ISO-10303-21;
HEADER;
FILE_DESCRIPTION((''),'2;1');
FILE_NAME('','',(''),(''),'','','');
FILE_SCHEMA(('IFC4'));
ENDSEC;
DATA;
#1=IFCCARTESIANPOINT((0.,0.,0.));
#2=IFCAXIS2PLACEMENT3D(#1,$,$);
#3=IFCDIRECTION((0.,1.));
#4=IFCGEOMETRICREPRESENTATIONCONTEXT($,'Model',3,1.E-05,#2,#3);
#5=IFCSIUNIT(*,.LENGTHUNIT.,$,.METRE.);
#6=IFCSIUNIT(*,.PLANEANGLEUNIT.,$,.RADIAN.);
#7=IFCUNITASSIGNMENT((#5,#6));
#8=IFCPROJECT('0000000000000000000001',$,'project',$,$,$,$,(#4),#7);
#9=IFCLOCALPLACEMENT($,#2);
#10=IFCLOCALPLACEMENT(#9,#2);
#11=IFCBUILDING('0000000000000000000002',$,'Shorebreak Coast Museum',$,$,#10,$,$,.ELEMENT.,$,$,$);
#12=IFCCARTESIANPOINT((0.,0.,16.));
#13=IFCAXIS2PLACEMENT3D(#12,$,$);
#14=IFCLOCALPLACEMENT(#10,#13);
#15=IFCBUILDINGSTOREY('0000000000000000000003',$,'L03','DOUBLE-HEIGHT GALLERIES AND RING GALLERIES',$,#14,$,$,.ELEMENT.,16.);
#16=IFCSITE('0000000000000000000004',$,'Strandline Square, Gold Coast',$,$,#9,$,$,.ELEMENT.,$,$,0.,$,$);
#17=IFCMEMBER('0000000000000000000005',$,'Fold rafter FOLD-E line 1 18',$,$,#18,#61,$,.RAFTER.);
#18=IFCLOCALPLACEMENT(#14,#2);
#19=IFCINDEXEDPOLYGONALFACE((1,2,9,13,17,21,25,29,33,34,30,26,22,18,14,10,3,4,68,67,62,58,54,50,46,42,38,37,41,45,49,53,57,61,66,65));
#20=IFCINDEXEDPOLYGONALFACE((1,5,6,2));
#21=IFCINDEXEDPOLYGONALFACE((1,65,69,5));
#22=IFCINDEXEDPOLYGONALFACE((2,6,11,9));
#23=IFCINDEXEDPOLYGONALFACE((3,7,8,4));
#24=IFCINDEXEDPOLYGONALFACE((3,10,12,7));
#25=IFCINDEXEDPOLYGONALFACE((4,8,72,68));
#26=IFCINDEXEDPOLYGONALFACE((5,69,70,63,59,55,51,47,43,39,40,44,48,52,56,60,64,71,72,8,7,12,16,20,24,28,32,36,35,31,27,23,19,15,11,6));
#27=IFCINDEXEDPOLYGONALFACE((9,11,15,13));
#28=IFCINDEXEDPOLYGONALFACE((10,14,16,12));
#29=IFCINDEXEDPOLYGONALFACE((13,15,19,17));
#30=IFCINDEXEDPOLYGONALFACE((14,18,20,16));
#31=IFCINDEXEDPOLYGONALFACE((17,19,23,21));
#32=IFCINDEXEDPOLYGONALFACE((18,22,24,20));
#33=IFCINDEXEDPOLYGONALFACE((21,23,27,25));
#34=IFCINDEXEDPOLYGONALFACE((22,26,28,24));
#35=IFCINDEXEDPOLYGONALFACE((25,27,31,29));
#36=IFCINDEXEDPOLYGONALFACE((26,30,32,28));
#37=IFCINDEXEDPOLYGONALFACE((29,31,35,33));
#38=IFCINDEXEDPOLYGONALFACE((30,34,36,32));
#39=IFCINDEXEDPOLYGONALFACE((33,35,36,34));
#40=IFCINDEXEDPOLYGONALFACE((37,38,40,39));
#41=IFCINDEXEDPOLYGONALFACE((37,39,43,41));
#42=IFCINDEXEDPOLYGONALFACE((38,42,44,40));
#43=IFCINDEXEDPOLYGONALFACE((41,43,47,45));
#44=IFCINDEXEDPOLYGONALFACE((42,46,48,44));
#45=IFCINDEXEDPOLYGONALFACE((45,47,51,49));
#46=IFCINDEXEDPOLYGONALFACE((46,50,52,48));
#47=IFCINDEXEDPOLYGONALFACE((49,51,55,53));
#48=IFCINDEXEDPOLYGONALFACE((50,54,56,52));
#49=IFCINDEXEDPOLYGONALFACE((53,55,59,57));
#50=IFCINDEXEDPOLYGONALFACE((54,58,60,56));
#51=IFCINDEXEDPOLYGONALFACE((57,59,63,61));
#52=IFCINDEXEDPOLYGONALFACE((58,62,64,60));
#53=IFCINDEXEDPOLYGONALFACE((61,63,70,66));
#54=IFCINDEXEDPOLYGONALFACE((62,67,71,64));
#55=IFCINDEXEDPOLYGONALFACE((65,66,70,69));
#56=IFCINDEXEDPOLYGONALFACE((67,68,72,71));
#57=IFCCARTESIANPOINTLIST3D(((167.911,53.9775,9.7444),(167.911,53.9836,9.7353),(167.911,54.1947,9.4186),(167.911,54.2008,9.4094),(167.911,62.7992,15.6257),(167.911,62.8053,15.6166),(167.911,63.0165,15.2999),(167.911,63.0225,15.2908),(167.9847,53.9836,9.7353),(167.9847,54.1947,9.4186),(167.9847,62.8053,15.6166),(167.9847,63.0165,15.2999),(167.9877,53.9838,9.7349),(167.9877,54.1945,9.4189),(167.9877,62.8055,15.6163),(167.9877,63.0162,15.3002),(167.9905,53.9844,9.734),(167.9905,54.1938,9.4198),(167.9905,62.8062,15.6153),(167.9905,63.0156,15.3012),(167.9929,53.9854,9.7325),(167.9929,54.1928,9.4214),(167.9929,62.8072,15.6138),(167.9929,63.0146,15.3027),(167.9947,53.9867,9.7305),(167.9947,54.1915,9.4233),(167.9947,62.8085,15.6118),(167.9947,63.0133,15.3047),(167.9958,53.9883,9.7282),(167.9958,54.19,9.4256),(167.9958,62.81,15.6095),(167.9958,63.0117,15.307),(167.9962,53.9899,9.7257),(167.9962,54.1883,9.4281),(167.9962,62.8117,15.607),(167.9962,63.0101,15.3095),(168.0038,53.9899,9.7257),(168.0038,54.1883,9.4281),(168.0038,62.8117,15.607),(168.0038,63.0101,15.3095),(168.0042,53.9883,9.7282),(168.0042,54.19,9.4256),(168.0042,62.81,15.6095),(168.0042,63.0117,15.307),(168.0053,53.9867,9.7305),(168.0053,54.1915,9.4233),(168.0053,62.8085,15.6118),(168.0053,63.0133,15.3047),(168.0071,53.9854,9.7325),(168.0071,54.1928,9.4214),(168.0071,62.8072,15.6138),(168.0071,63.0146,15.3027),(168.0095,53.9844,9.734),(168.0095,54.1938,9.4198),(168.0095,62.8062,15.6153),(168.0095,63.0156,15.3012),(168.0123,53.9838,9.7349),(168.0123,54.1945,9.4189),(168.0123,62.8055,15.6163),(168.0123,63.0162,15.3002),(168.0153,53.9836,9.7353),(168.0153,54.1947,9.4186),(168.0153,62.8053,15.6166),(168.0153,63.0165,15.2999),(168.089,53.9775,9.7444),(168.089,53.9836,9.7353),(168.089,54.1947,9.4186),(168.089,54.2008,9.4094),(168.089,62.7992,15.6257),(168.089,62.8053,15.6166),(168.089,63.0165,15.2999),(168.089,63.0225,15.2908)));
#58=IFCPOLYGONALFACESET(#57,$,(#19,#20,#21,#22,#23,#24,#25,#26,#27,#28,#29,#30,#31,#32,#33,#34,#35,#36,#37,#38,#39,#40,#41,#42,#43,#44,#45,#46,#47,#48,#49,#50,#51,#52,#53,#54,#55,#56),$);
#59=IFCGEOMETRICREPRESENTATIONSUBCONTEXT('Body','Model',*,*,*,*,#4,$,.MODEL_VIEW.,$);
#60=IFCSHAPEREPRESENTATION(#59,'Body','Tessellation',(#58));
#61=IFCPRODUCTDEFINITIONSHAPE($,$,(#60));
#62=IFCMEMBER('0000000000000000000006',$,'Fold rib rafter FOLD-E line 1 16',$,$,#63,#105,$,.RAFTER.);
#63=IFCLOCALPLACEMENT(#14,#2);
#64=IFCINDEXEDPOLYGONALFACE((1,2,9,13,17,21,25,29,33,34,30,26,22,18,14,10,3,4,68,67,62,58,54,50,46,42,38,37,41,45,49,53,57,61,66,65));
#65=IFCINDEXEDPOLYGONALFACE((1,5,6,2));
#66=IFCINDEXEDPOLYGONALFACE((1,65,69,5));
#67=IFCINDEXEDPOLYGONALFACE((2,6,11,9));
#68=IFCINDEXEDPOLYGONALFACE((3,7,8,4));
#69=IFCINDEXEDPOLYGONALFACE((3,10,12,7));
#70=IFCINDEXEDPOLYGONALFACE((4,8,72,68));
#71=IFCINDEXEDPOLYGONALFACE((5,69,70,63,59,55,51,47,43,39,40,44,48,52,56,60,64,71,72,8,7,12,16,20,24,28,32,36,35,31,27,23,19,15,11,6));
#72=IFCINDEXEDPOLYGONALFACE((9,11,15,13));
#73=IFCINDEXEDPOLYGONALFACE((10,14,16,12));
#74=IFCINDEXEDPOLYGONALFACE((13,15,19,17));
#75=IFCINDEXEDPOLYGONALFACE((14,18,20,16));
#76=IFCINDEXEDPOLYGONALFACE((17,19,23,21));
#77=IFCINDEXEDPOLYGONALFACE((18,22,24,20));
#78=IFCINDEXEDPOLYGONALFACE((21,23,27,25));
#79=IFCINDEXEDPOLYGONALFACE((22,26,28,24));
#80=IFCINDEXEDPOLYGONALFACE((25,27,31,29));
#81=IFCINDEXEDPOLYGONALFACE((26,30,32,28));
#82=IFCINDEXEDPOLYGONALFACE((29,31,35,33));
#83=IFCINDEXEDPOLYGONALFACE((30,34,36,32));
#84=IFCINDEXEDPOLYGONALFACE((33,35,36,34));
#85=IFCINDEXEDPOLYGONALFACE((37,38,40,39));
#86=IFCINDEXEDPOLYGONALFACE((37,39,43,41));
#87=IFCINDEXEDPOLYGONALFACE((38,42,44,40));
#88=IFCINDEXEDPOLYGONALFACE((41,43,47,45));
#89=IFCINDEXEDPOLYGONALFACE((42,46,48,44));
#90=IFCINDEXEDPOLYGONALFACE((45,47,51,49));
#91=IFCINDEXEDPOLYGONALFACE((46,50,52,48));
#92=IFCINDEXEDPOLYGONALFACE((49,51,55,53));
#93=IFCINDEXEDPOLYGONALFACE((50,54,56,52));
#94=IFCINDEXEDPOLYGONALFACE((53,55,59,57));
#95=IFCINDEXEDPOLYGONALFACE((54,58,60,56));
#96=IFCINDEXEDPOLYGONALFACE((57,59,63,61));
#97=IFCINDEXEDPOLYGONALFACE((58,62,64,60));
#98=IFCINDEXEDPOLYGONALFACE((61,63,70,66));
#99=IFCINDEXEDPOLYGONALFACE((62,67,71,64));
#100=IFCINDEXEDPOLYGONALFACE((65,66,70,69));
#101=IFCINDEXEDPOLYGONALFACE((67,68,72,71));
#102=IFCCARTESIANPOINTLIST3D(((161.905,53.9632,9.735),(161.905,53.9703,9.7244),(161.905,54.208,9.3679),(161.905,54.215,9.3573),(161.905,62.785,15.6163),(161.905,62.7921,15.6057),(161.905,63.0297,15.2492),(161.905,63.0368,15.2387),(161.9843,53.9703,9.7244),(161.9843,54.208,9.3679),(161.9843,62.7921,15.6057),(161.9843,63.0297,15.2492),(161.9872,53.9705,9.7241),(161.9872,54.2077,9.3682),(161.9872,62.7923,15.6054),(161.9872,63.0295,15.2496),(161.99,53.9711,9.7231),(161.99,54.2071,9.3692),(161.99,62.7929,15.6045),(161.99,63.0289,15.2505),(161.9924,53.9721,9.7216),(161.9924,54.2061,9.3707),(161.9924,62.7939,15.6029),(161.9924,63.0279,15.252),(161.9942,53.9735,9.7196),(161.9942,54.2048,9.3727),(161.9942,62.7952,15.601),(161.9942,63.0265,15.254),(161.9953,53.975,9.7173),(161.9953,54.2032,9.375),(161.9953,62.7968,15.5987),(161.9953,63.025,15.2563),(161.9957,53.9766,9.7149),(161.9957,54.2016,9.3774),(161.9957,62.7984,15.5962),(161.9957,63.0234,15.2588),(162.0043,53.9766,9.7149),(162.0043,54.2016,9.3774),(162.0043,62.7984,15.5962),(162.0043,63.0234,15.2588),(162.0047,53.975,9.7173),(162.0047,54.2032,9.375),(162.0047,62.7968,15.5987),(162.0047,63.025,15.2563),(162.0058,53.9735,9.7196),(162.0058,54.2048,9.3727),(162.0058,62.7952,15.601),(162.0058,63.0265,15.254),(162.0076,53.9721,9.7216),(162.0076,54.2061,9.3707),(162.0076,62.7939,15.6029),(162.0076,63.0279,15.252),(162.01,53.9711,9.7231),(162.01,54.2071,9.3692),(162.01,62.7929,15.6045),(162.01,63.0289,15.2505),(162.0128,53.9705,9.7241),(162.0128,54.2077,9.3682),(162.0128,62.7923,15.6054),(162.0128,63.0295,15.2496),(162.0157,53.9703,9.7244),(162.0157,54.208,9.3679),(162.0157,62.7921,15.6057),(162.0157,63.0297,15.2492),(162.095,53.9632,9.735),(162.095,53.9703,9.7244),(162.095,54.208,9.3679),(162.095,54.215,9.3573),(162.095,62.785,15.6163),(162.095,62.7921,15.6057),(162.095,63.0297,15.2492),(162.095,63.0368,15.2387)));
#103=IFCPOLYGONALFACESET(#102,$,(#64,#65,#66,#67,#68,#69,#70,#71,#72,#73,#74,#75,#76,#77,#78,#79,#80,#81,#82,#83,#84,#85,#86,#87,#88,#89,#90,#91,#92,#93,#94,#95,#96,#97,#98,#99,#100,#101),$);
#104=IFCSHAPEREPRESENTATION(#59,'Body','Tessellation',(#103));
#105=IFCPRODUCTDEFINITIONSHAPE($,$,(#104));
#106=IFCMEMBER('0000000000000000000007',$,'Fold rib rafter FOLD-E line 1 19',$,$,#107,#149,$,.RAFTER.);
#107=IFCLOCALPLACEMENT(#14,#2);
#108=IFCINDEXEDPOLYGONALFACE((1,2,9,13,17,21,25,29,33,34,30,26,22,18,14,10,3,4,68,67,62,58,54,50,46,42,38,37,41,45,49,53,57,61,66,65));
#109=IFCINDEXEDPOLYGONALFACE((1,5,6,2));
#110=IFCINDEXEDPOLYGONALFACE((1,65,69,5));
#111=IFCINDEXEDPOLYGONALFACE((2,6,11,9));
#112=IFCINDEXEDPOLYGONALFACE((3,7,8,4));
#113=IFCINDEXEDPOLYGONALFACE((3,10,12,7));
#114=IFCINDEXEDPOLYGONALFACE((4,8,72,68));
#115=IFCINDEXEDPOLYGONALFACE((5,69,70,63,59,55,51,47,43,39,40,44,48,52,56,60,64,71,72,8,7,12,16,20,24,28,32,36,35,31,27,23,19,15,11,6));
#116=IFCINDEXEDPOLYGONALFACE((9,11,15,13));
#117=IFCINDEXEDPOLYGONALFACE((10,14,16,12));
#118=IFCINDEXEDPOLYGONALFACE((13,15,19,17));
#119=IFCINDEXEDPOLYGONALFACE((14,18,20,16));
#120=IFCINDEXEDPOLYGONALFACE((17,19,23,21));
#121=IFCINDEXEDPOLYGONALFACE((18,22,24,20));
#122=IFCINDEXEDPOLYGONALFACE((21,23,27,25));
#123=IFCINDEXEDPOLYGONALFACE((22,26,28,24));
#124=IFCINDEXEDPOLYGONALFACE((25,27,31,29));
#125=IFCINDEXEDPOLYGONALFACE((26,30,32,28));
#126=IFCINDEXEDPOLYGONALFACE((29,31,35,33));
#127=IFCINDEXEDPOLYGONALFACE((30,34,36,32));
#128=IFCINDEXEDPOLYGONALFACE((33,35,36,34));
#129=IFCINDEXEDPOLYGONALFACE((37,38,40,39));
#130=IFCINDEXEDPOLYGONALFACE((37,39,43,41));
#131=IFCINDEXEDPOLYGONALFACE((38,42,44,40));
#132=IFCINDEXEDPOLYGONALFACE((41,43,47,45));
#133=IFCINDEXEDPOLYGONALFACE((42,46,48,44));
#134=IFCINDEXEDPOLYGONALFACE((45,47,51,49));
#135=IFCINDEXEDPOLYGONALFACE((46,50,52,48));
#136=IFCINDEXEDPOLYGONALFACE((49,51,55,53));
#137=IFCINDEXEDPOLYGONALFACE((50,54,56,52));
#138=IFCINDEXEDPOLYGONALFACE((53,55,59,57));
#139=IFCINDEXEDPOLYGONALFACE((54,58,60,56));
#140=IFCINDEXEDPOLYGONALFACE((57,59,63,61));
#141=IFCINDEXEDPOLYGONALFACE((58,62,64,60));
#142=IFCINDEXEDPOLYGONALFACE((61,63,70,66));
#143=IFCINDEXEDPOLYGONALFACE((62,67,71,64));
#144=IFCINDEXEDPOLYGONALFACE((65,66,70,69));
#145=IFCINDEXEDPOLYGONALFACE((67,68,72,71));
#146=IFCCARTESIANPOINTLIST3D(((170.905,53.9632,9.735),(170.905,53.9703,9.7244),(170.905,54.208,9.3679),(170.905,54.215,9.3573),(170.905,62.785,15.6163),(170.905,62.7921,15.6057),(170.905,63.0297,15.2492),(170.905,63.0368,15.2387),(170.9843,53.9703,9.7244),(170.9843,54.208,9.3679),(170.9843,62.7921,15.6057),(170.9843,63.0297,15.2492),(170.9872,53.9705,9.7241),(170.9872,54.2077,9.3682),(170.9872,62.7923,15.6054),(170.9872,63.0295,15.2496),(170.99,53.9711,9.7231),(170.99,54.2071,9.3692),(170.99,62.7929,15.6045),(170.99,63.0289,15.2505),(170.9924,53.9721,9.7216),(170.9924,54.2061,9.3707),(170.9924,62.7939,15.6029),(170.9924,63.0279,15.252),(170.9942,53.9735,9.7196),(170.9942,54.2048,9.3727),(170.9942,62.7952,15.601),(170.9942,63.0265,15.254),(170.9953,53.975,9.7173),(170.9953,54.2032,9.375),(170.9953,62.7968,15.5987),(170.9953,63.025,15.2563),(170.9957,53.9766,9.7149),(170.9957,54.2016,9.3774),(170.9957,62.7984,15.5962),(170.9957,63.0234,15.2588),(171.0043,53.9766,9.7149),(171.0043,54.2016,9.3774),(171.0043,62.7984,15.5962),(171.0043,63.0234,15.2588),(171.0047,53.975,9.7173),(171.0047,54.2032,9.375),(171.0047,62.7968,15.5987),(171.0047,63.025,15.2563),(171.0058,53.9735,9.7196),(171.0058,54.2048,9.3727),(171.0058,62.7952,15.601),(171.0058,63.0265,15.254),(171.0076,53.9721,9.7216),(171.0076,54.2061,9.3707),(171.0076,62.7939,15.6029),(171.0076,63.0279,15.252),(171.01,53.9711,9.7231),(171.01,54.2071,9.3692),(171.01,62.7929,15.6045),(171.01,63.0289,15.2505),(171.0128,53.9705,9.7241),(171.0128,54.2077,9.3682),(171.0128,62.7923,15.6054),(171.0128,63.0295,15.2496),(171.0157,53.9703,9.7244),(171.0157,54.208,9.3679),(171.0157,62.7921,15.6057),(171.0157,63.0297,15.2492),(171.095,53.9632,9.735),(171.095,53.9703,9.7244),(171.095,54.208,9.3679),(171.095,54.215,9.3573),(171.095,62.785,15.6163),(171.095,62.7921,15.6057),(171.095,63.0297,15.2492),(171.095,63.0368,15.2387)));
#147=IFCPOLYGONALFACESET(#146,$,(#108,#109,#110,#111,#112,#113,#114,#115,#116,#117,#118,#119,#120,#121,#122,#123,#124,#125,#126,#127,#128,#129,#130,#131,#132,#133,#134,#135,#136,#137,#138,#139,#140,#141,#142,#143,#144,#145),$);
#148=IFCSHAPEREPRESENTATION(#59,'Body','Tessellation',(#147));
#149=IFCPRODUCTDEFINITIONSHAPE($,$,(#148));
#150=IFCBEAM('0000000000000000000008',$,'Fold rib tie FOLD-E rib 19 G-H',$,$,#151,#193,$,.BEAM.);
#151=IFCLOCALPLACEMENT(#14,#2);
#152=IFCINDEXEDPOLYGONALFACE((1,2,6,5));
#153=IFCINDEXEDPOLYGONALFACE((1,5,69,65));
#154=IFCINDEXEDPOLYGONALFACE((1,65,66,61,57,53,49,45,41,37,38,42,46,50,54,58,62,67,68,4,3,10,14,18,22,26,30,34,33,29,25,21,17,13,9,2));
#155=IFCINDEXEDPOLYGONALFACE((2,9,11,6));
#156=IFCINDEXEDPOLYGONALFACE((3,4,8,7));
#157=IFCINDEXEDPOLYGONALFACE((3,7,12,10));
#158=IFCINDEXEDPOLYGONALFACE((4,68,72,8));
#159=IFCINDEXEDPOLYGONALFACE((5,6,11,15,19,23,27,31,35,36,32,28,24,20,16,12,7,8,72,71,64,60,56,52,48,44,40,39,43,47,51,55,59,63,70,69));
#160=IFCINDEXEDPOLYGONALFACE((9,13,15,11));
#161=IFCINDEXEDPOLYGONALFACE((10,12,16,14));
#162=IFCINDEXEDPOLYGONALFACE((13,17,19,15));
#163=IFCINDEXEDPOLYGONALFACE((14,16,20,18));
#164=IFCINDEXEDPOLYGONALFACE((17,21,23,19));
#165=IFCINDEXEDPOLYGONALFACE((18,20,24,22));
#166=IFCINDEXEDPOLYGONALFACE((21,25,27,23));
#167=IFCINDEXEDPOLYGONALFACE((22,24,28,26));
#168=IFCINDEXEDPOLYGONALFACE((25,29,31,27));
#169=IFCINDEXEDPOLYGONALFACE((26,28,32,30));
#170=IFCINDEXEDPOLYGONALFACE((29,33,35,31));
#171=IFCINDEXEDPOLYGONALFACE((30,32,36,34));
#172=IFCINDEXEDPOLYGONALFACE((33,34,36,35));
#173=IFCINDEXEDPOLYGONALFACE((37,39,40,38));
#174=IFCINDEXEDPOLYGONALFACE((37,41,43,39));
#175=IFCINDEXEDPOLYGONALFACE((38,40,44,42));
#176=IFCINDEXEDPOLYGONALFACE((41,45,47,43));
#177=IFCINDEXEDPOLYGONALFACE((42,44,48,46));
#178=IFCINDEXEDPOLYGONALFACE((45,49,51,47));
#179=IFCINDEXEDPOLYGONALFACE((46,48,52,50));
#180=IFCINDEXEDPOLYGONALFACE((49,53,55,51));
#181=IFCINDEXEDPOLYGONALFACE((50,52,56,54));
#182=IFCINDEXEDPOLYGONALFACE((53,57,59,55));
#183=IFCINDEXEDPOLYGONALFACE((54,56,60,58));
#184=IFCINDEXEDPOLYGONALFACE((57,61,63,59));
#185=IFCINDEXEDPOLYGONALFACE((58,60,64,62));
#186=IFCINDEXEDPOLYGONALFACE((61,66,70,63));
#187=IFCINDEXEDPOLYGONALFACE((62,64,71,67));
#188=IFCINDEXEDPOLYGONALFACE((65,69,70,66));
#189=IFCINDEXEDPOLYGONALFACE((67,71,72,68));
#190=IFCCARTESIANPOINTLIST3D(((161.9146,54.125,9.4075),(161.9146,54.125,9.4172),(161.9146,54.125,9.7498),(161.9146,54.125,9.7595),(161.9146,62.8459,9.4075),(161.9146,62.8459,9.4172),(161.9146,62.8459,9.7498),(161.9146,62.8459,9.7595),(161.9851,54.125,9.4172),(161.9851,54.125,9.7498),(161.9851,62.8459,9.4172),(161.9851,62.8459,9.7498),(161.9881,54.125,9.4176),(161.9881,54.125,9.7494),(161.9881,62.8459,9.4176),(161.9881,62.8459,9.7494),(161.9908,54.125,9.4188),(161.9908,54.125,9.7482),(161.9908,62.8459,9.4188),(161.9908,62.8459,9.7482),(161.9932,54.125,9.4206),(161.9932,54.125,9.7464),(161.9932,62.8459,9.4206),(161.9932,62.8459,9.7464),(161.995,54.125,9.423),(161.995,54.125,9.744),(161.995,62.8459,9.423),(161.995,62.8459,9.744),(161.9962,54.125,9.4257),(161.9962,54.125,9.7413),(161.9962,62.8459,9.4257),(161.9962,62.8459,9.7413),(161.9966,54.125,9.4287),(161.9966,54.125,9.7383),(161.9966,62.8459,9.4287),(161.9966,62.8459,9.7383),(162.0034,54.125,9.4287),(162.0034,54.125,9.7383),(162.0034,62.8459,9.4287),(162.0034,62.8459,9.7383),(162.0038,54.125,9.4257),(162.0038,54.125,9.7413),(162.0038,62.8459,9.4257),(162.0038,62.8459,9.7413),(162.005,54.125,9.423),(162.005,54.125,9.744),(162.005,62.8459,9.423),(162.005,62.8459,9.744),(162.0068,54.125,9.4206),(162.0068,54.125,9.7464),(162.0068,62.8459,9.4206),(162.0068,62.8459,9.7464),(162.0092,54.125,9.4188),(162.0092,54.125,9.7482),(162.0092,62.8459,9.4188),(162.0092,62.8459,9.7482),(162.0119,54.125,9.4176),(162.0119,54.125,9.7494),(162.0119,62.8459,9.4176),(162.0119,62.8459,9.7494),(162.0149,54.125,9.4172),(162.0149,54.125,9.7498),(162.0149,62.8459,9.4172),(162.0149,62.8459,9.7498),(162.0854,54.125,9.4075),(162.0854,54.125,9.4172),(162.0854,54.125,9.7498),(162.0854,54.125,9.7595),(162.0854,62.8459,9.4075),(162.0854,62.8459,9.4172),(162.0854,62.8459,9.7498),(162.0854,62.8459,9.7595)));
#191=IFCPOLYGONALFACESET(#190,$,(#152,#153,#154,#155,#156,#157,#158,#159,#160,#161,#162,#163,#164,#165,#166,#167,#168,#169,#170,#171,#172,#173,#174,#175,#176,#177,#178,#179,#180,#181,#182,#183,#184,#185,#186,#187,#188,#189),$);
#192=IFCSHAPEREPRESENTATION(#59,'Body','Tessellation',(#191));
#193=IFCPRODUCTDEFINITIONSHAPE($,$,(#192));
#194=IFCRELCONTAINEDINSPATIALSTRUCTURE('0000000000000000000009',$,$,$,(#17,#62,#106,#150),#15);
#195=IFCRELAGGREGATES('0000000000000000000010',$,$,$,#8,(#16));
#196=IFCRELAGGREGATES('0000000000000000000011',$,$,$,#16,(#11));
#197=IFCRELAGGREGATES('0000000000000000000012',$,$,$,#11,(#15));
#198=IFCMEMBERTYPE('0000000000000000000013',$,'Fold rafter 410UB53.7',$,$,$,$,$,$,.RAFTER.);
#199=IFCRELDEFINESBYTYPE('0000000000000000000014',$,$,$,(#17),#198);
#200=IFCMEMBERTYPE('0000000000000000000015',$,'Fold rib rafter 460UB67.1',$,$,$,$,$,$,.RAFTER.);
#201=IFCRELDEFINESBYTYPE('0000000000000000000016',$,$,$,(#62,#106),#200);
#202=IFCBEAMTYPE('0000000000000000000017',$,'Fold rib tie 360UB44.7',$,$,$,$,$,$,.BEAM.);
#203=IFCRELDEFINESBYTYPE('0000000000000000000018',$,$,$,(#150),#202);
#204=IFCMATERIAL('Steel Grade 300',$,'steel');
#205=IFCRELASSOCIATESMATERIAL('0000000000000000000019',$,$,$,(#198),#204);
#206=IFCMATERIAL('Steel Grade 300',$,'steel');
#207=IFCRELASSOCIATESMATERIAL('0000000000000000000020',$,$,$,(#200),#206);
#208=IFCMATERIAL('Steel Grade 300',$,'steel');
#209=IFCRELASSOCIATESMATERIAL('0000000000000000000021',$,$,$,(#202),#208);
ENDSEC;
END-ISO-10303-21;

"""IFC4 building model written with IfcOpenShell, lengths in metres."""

from ifc_helpers import new_model, si_unit, direction, frame, origin, origin_2d, place, context, subcontext, project, spatial, i_section, extrude, material, material_profile, profile_set, type_object, element, save


model = new_model("IFC4")

# Units and contexts
model_context = context("Model", 3, precision=1e-05, world=origin(), true_north=direction((0.0, 1.0)))
body_context = subcontext(model_context, "Body", "Model", "MODEL_VIEW")
ifc_project = project(units=[si_unit("LENGTHUNIT", "METRE"), si_unit("PLANEANGLEUNIT", "RADIAN")], contexts=[model_context])

# Site, building, storey
site_placement = place(None, origin())
site = spatial("IfcSite", under=ifc_project, at=site_placement, Name="Strandline Square, Gold Coast", CompositionType="ELEMENT", RefElevation=0.0)
building_placement = place(site_placement, origin())
building = spatial("IfcBuilding", under=site, at=building_placement, Name="Shorebreak Coast Museum", CompositionType="ELEMENT")
storey_placement = place(building_placement, frame((0.0, 0.0, 16.0)))
storey = spatial("IfcBuildingStorey", under=building, at=storey_placement, Name="L03", Description="DOUBLE-HEIGHT GALLERIES AND RING GALLERIES", CompositionType="ELEMENT", Elevation=16.0)

# Members
ifc_material_1 = material(Name="Steel Grade 300", Category="steel")
ifc_material_profile_1 = material_profile(ifc_material_1, i_section(OverallWidth=0.178, OverallDepth=0.4026, WebThickness=0.0076, FlangeThickness=0.011, FilletRadius=0.0115, at=origin_2d()), Name="410UB53.7")
ifc_profile_set_1 = profile_set([ifc_material_profile_1], Name="Steel Grade 300")
member_type_1 = type_object("IfcMemberType", Name="Fold rafter 410UB53.7", PredefinedType="RAFTER", material=ifc_profile_set_1)
for number, where, z_axis, x_axis, name in (
    (1, (168.0, 62.9109, 15.4583), (0.0, -0.832043, -0.554711), (1.0, 0.0, 0.0), "Fold rafter FOLD-E line 1 18"),
):
    element("IfcMember", number, at=place(storey_placement, frame(where, z_axis=z_axis, x_axis=x_axis)), inside=storey, type_object=member_type_1, Name=name, PredefinedType="RAFTER", context=body_context, shape_type="SweptSolid", body=[
        extrude(i_section(OverallWidth=0.178, OverallDepth=0.4026, WebThickness=0.0076, FlangeThickness=0.011, FilletRadius=0.0115, at=origin_2d()), origin(), (0.0, 0.0, 1.0), 10.6025),
    ])
ifc_material_2 = material(Name="Steel Grade 300", Category="steel")
ifc_material_profile_2 = material_profile(ifc_material_2, i_section(OverallWidth=0.1899, OverallDepth=0.4539, WebThickness=0.0085, FlangeThickness=0.0127, FilletRadius=0.0115, at=origin_2d()), Name="460UB67.1")
ifc_profile_set_2 = profile_set([ifc_material_profile_2], Name="Steel Grade 300")
member_type_2 = type_object("IfcMemberType", Name="Fold rib rafter 460UB67.1", PredefinedType="RAFTER", material=ifc_profile_set_2)
for number, where, z_axis, x_axis, name in (
    (2, (162.0, 62.9109, 15.4275), (0.0, -0.832043, -0.554711), (1.0, 0.0, 0.0), "Fold rib rafter FOLD-E line 1 16"),
    (3, (171.0, 62.9109, 15.4275), (0.0, -0.832043, -0.554711), (1.0, 0.0, 0.0), "Fold rib rafter FOLD-E line 1 19"),
):
    element("IfcMember", number, at=place(storey_placement, frame(where, z_axis=z_axis, x_axis=x_axis)), inside=storey, type_object=member_type_2, Name=name, PredefinedType="RAFTER", context=body_context, shape_type="SweptSolid", body=[
        extrude(i_section(OverallWidth=0.1899, OverallDepth=0.4539, WebThickness=0.0085, FlangeThickness=0.0127, FilletRadius=0.0115, at=origin_2d()), origin(), (0.0, 0.0, 1.0), 10.6025),
    ])

# Beam
ifc_material_3 = material(Name="Steel Grade 300", Category="steel")
ifc_material_profile_3 = material_profile(ifc_material_3, i_section(OverallWidth=0.1709, OverallDepth=0.3521, WebThickness=0.0068, FlangeThickness=0.0098, FilletRadius=0.0115, at=origin_2d()), Name="360UB44.7")
ifc_profile_set_3 = profile_set([ifc_material_profile_3], Name="Steel Grade 300")
beam_type_1 = type_object("IfcBeamType", Name="Fold rib tie 360UB44.7", PredefinedType="BEAM", material=ifc_profile_set_3)
beam_1_placement = place(storey_placement, frame((162.0, 54.125, 9.5835), z_axis=(0.0, 1.0, 0.0), x_axis=(-1.0, 0.0, 0.0)))
element("IfcBeam", 4, at=beam_1_placement, inside=storey, type_object=beam_type_1, Name="Fold rib tie FOLD-E rib 19 G-H", PredefinedType="BEAM", context=body_context, shape_type="SweptSolid", body=[
    extrude(i_section(OverallWidth=0.1709, OverallDepth=0.3521, WebThickness=0.0068, FlangeThickness=0.0098, FilletRadius=0.0115, at=origin_2d()), origin(), (0.0, 0.0, 1.0), 8.7209),
])

save(model, "model.ifc")
